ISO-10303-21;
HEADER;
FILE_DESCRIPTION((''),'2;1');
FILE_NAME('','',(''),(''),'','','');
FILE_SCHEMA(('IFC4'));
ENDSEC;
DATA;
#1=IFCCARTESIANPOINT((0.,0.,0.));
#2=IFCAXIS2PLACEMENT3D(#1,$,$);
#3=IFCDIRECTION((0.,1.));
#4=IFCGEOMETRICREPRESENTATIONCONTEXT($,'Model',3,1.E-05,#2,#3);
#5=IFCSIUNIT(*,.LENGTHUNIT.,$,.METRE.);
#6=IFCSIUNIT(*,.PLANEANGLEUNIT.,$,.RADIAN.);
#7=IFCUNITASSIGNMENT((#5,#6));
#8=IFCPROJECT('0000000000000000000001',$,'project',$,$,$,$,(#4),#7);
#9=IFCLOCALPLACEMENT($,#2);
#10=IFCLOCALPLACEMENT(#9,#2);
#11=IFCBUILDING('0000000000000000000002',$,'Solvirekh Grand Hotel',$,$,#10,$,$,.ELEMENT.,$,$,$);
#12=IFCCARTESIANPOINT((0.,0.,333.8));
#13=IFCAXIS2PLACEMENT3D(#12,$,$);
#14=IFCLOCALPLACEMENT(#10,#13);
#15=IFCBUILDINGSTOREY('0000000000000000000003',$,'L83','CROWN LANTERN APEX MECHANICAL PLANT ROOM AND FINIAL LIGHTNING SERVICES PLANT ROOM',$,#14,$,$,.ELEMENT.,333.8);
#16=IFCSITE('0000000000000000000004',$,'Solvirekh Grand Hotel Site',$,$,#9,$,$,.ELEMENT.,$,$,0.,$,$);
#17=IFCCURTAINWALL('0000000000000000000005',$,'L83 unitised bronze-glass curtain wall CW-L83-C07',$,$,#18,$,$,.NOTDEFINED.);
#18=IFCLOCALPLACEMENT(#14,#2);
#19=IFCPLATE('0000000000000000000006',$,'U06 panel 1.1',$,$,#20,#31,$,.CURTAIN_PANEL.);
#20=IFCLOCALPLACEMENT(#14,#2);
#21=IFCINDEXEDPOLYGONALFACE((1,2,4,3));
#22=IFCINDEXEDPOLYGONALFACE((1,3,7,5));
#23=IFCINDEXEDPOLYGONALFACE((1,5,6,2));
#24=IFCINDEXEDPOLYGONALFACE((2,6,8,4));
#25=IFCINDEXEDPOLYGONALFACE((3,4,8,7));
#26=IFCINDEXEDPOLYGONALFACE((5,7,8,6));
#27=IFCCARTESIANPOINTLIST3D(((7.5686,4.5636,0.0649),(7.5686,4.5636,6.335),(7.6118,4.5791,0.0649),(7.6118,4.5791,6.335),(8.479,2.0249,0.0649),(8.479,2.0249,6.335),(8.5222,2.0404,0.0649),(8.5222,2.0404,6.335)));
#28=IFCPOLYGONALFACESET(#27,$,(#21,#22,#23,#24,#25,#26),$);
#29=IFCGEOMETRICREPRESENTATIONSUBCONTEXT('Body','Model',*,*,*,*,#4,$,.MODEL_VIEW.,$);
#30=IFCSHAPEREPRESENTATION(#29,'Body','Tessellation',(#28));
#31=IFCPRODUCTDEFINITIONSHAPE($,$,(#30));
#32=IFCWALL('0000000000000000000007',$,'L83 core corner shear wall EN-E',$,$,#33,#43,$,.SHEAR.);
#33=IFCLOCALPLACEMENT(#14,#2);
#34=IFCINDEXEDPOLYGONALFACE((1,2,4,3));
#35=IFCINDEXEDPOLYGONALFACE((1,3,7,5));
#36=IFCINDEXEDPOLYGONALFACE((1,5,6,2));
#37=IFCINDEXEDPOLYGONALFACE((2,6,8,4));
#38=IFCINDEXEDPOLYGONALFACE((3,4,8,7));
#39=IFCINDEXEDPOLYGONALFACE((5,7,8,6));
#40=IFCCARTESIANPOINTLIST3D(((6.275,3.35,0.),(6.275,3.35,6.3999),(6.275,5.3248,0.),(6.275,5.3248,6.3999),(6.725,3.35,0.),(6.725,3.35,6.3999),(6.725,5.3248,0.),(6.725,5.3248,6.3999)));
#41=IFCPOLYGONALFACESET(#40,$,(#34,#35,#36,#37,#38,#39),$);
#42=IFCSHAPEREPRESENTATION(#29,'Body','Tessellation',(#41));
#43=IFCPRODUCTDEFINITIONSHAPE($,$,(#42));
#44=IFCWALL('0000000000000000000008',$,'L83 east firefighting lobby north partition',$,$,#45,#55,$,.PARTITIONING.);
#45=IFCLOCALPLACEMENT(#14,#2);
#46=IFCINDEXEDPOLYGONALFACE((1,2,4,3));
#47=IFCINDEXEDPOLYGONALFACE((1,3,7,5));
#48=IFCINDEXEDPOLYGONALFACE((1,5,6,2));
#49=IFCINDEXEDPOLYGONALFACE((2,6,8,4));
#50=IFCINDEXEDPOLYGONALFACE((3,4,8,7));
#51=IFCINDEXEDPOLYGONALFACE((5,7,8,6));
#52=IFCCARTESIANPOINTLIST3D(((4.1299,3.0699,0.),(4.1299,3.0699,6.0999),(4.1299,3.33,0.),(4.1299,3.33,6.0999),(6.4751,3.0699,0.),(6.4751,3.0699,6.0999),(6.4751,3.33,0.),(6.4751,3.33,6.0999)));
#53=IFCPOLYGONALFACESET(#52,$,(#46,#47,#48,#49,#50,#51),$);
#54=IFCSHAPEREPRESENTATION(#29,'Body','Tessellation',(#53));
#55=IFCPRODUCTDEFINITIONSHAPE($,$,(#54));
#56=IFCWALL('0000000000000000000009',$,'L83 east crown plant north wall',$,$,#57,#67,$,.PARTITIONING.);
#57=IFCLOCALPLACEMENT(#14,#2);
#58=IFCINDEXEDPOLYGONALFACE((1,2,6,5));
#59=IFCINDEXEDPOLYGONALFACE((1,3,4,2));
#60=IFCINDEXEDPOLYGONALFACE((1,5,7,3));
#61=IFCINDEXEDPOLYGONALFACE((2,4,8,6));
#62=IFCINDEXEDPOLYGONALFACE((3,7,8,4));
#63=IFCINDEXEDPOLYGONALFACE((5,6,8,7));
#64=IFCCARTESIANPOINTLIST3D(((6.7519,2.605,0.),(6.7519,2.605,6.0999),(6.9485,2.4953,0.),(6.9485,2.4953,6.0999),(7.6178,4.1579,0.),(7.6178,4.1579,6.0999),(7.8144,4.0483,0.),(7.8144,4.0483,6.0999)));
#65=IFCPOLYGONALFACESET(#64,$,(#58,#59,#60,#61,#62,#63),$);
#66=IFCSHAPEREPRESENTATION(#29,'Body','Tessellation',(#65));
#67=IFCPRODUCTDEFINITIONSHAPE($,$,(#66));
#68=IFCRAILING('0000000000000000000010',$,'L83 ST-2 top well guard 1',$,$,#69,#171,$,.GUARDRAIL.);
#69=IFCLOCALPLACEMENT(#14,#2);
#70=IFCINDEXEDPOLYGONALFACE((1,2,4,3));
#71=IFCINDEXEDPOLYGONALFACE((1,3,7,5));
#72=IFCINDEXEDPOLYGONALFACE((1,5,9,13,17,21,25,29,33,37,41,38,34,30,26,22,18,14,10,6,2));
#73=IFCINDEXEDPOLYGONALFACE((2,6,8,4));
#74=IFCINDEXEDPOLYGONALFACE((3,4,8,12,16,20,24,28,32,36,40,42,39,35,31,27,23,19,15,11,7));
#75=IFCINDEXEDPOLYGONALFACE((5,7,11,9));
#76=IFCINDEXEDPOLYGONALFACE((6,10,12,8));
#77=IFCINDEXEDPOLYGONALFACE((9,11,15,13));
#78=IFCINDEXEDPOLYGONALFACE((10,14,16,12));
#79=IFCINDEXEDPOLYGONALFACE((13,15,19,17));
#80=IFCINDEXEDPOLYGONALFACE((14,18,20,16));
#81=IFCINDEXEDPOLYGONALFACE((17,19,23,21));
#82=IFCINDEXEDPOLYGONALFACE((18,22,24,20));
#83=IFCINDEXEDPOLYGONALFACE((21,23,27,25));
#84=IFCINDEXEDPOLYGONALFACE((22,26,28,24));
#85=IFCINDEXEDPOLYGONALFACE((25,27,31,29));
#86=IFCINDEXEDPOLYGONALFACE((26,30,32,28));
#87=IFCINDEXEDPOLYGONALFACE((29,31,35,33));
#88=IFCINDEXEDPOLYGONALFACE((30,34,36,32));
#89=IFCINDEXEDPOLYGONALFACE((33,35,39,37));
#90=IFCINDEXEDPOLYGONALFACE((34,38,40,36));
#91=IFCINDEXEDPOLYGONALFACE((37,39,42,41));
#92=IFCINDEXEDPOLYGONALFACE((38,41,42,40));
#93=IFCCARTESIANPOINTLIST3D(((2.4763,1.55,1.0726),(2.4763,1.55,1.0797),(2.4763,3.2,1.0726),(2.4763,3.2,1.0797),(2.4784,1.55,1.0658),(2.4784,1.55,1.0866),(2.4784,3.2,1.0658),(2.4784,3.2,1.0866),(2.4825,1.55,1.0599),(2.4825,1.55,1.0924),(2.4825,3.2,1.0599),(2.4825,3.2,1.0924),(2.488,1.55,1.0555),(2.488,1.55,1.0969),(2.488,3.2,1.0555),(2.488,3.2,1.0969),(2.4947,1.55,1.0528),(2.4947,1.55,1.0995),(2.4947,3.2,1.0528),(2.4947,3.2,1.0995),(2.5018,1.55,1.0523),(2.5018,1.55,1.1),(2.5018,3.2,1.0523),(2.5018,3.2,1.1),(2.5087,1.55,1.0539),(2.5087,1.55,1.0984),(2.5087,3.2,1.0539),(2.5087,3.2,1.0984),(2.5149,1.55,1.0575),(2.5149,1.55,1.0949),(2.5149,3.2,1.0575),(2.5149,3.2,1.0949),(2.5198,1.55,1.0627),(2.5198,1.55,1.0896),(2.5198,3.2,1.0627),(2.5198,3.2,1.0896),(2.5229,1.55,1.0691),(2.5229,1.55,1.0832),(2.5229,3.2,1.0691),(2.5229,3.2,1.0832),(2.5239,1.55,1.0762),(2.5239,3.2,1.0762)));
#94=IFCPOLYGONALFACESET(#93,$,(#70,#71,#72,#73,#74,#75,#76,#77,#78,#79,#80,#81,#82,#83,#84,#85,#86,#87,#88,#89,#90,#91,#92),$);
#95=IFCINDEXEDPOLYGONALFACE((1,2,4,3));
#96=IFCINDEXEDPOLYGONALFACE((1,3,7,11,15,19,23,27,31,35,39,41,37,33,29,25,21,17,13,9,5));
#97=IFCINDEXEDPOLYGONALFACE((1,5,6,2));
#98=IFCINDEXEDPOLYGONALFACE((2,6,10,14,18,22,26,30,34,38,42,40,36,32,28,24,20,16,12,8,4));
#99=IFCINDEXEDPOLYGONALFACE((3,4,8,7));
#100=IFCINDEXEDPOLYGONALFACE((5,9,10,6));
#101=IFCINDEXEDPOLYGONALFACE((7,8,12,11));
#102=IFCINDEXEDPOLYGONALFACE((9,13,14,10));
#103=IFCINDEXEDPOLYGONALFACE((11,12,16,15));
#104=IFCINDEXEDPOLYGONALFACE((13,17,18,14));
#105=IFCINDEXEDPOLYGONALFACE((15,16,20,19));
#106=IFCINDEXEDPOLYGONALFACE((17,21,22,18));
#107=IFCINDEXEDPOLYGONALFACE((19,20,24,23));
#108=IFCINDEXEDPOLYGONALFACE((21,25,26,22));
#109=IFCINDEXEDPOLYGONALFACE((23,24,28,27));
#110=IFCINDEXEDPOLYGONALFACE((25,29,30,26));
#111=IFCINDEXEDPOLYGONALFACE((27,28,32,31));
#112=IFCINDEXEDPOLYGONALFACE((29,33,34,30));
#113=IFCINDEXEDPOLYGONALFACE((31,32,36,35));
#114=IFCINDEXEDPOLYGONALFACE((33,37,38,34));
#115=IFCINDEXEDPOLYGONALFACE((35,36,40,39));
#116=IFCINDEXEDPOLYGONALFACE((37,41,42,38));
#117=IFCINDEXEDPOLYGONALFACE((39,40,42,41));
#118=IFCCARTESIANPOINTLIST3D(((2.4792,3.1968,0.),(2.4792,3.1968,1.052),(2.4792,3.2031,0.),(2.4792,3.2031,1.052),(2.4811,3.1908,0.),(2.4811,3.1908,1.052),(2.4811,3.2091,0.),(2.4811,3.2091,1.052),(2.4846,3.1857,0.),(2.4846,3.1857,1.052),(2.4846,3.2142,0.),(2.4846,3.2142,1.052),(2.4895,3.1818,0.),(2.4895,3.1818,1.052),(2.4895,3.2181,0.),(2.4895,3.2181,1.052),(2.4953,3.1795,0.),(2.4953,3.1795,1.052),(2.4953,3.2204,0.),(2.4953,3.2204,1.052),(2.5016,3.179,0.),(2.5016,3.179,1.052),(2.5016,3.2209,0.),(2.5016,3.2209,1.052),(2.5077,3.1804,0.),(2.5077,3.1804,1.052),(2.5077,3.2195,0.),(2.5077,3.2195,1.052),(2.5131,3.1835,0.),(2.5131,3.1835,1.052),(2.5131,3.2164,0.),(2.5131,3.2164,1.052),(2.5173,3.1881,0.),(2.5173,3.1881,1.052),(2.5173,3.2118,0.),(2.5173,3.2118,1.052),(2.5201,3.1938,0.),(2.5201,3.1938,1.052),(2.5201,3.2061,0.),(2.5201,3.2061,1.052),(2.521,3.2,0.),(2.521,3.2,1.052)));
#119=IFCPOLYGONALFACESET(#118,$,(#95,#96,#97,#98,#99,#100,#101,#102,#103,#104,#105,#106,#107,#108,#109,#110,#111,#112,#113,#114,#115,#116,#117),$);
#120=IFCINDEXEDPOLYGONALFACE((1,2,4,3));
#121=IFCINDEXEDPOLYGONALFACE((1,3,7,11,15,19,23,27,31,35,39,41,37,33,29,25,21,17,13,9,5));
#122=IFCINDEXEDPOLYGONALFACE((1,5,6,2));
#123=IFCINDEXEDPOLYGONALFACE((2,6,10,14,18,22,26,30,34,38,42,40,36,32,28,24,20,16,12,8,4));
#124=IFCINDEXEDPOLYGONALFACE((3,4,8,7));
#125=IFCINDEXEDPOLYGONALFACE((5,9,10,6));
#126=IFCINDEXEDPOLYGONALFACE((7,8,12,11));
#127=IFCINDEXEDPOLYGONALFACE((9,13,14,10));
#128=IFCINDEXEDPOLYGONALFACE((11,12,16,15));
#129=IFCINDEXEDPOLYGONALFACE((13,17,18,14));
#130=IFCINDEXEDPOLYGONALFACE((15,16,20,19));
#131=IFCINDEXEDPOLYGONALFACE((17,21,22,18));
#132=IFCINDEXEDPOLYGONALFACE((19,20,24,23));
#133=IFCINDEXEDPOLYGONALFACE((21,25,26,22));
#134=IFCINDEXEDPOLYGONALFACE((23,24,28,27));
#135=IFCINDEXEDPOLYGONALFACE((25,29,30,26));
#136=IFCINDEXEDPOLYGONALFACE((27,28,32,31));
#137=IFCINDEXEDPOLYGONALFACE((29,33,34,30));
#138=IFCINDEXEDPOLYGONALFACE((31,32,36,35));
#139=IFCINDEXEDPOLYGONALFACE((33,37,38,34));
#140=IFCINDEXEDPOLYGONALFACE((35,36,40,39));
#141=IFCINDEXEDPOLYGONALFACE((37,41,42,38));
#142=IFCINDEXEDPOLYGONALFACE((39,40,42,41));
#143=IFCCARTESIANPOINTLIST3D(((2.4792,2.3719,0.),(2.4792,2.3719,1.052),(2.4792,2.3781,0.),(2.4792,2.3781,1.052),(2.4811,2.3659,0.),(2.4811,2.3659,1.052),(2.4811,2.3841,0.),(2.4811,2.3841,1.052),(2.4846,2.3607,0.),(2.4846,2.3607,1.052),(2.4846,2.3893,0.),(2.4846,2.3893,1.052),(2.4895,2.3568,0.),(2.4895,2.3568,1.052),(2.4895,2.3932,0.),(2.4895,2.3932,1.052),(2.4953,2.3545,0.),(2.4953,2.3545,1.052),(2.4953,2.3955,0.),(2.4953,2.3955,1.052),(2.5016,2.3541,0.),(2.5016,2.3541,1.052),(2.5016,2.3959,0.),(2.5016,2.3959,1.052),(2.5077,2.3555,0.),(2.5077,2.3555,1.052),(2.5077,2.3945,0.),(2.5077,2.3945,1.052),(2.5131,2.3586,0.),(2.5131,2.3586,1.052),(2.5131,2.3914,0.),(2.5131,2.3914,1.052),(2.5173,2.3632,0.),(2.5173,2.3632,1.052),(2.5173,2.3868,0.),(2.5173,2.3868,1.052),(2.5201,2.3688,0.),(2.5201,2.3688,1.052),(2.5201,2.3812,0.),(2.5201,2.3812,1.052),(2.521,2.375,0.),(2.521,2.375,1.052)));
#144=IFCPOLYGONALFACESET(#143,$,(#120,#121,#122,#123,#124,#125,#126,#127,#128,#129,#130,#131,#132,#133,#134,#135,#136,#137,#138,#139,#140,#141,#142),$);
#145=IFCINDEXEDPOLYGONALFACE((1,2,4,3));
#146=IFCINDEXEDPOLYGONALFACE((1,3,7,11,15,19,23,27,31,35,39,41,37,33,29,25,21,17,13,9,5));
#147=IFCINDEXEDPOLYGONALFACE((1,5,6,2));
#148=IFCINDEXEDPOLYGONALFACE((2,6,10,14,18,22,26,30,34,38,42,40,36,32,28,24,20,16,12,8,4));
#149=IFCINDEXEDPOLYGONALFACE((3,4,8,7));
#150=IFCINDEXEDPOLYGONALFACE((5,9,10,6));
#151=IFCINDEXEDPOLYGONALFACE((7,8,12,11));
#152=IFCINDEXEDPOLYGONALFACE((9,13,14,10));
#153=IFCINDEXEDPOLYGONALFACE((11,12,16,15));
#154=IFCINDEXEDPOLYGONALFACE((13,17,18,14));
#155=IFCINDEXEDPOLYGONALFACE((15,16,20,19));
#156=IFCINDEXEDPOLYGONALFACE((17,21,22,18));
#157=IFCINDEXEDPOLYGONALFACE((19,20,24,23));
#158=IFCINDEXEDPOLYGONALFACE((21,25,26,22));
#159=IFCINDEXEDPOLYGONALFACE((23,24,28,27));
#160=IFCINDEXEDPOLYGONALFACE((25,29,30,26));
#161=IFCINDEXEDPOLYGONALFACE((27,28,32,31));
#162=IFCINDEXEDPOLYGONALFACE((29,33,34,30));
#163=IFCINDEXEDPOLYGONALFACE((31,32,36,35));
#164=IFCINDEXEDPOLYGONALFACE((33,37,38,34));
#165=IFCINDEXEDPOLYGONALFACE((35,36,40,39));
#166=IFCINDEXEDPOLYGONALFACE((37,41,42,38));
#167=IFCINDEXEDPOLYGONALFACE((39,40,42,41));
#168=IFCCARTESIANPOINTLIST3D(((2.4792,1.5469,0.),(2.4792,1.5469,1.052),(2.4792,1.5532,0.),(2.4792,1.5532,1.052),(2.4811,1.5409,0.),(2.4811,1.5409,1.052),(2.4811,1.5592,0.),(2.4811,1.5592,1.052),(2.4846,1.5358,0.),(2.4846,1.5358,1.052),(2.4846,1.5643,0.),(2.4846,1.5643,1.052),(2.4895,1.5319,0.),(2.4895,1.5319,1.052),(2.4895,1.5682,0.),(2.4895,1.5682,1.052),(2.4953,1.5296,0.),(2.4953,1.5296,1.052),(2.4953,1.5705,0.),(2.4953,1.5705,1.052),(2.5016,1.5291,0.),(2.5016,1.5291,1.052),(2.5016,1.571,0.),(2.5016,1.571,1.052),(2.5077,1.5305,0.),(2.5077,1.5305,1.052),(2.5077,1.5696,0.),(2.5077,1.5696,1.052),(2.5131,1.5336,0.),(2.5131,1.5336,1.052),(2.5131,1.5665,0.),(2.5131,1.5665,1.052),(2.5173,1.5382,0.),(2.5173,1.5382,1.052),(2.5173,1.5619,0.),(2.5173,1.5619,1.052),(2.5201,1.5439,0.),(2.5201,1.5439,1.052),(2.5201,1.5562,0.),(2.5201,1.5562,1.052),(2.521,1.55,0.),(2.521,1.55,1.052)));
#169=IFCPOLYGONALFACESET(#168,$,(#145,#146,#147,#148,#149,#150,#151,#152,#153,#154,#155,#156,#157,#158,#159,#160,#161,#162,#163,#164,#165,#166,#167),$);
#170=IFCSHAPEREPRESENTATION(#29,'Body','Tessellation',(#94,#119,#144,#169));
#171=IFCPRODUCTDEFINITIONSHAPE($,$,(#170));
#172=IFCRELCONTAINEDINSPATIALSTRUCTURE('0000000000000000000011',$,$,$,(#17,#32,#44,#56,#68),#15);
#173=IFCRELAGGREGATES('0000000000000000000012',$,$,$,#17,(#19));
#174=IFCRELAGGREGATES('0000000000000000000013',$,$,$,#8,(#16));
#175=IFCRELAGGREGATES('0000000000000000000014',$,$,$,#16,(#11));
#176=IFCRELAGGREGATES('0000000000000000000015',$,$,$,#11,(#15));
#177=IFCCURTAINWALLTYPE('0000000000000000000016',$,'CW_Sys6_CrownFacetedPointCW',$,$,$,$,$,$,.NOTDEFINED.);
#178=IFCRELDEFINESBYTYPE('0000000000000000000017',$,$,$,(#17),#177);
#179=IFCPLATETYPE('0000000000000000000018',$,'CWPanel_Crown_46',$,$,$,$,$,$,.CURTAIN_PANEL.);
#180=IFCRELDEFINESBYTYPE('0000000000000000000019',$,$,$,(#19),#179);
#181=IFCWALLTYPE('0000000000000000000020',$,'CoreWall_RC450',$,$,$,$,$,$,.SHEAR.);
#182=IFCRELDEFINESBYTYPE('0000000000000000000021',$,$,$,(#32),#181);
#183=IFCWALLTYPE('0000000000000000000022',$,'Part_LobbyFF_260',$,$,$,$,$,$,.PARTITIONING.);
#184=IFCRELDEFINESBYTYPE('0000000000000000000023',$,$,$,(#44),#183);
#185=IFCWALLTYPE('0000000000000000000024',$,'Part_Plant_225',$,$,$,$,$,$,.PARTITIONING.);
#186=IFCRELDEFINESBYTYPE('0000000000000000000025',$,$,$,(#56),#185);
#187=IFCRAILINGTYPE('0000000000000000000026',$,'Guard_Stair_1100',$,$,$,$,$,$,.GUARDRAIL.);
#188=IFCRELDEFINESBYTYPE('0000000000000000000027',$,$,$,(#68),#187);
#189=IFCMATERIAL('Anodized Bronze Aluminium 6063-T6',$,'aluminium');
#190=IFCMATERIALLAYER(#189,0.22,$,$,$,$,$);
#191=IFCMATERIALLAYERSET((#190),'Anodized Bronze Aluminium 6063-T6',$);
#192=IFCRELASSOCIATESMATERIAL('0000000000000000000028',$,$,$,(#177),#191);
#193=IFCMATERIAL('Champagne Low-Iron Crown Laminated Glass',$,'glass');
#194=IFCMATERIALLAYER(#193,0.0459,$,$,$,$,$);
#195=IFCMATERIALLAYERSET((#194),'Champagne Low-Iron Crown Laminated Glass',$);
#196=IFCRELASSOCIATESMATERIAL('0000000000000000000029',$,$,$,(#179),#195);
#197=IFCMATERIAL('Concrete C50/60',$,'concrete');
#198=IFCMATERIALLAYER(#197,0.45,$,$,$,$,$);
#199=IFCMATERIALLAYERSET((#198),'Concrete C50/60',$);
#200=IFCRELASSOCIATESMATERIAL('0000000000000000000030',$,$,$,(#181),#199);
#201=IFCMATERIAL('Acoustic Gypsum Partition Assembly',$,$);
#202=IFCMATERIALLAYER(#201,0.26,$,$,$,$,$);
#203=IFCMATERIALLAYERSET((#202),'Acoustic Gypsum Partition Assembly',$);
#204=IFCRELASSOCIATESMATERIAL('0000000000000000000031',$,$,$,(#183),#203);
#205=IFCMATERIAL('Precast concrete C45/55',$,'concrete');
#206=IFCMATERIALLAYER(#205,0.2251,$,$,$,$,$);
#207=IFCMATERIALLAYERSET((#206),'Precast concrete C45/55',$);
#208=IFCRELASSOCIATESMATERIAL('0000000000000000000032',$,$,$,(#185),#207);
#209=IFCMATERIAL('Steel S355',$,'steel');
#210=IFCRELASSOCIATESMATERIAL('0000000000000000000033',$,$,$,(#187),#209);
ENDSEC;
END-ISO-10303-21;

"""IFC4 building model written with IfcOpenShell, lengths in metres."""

from ifc_helpers import new_model, si_unit, direction, frame, frame_2d, origin, origin_2d, place, context, subcontext, project, spatial, rectangle, circle, extrude, source, transform, mapped, material, layer, layer_set, type_object, element, aggregate, save


model = new_model("IFC4")

# Units and contexts
model_context = context("Model", 3, precision=1e-05, world=origin(), true_north=direction((0.0, 1.0)))
body_context = subcontext(model_context, "Body", "Model", "MODEL_VIEW")
ifc_project = project(units=[si_unit("LENGTHUNIT", "METRE"), si_unit("PLANEANGLEUNIT", "RADIAN")], contexts=[model_context])

# Site, building, storey
site_placement = place(None, origin())
site = spatial("IfcSite", under=ifc_project, at=site_placement, Name="Solvirekh Grand Hotel Site", CompositionType="ELEMENT", RefElevation=0.0)
building_placement = place(site_placement, origin())
building = spatial("IfcBuilding", under=site, at=building_placement, Name="Solvirekh Grand Hotel", CompositionType="ELEMENT")
storey_placement = place(building_placement, frame((0.0, 0.0, 333.8)))
storey = spatial("IfcBuildingStorey", under=building, at=storey_placement, Name="L83", Description="CROWN LANTERN APEX MECHANICAL PLANT ROOM AND FINIAL LIGHTNING SERVICES PLANT ROOM", CompositionType="ELEMENT", Elevation=333.8)

# Shared definitions
ifc_material_1 = material(Name="Steel S355", Category="steel")

# Shared definitions
ifc_material_2 = material(Name="Anodized Bronze Aluminium 6063-T6", Category="aluminium")
ifc_layer_1 = layer(ifc_material_2, 0.22)
ifc_layer_set_1 = layer_set([ifc_layer_1], Name="Anodized Bronze Aluminium 6063-T6")
curtain_wall_type = type_object("IfcCurtainWallType", Name="CW_Sys6_CrownFacetedPointCW", PredefinedType="NOTDEFINED", material=ifc_layer_set_1)

# Curtain wall
curtain_wall_1_placement = place(storey_placement, origin())
curtain_wall_1 = element("IfcCurtainWall", 1, at=curtain_wall_1_placement, inside=storey, type_object=curtain_wall_type, Name="L83 unitised bronze-glass curtain wall CW-L83-C07", PredefinedType="NOTDEFINED")

# Plate
ifc_material_3 = material(Name="Champagne Low-Iron Crown Laminated Glass", Category="glass")
ifc_layer_2 = layer(ifc_material_3, 0.0459)
ifc_layer_set_2 = layer_set([ifc_layer_2], Name="Champagne Low-Iron Crown Laminated Glass")
plate_type_1 = type_object("IfcPlateType", Name="CWPanel_Crown_46", PredefinedType="CURTAIN_PANEL", material=ifc_layer_set_2)
shared_shape_1 = source(origin(), body_context, "Body", "SweptSolid", [
    extrude(rectangle(XDim=2.697, YDim=0.0459, at=origin_2d()), origin(), (0.0, 0.0, 1.0), 6.27),
])
plate_1_placement = place(storey_placement, frame((8.0454, 3.302, 0.0649), z_axis=(0.0, 0.0, 1.0), x_axis=(-0.337538, 0.941312, 0.0)))
plate_1 = element("IfcPlate", 2, at=plate_1_placement, type_object=plate_type_1, Name="U06 panel 1.1", PredefinedType="CURTAIN_PANEL", context=body_context, shape_type="MappedRepresentation", body=[
    mapped(shared_shape_1, transform((0.0, 0.0, 0.0), x_axis=(1.0, 0.0, 0.0), y_axis=(0.0, 1.0, 0.0), z_axis=(0.0, 0.0, 1.0), scale=1.0)),
])
aggregate(curtain_wall_1, [plate_1])

# Walls
ifc_material_4 = material(Name="Concrete C50/60", Category="concrete")
ifc_layer_3 = layer(ifc_material_4, 0.45)
ifc_layer_set_3 = layer_set([ifc_layer_3], Name="Concrete C50/60")
wall_type_1 = type_object("IfcWallType", Name="CoreWall_RC450", PredefinedType="SHEAR", material=ifc_layer_set_3)
wall_1_placement = place(storey_placement, frame((6.5, 3.3501, 0.0), z_axis=(0.0, 0.0, 1.0), x_axis=(0.0, 1.0, 0.0)))
element("IfcWall", 3, at=wall_1_placement, inside=storey, type_object=wall_type_1, Name="L83 core corner shear wall EN-E", PredefinedType="SHEAR", context=body_context, shape_type="SweptSolid", body=[
    extrude(rectangle(XDim=1.9749, YDim=0.45, at=frame_2d((0.9873, 0.0))), origin(), (0.0, 0.0, 1.0), 6.3999),
])
ifc_material_5 = material(Name="Acoustic Gypsum Partition Assembly")
ifc_layer_4 = layer(ifc_material_5, 0.26)
ifc_layer_set_4 = layer_set([ifc_layer_4], Name="Acoustic Gypsum Partition Assembly")
wall_type_2 = type_object("IfcWallType", Name="Part_LobbyFF_260", PredefinedType="PARTITIONING", material=ifc_layer_set_4)
wall_2_placement = place(storey_placement, frame((4.1299, 3.2, 0.0), z_axis=(0.0, 0.0, 1.0), x_axis=(1.0, 0.0, 0.0)))
element("IfcWall", 4, at=wall_2_placement, inside=storey, type_object=wall_type_2, Name="L83 east firefighting lobby north partition", PredefinedType="PARTITIONING", context=body_context, shape_type="SweptSolid", body=[
    extrude(rectangle(XDim=2.3452, YDim=0.26, at=frame_2d((1.1726, 0.0))), origin(), (0.0, 0.0, 1.0), 6.0999),
])
ifc_material_6 = material(Name="Precast concrete C45/55", Category="concrete")
ifc_layer_5 = layer(ifc_material_6, 0.2251)
ifc_layer_set_5 = layer_set([ifc_layer_5], Name="Precast concrete C45/55")
wall_type_3 = type_object("IfcWallType", Name="Part_Plant_225", PredefinedType="PARTITIONING", material=ifc_layer_set_5)
wall_3_placement = place(storey_placement, frame((6.8501, 2.55, 0.0), z_axis=(0.0, 0.0, 1.0), x_axis=(0.487018, 0.873392, 0.0)))
element("IfcWall", 5, at=wall_3_placement, inside=storey, type_object=wall_type_3, Name="L83 east crown plant north wall", PredefinedType="PARTITIONING", context=body_context, shape_type="SweptSolid", body=[
    extrude(rectangle(XDim=1.7781, YDim=0.2251, at=frame_2d((0.8892, 0.0))), origin(), (0.0, 0.0, 1.0), 6.0999),
])

# Railing
railing_type = type_object("IfcRailingType", Name="Guard_Stair_1100", PredefinedType="GUARDRAIL", material=ifc_material_1)
railing_placement = place(storey_placement, frame((2.5, 3.2, 0.0)))
element("IfcRailing", 6, at=railing_placement, inside=storey, type_object=railing_type, Name="L83 ST-2 top well guard 1", PredefinedType="GUARDRAIL", context=body_context, shape_type="SweptSolid", body=[
    extrude(circle(Radius=0.0239, at=origin_2d()), frame((0.0, 0.0, 1.0762), z_axis=(0.0, -1.0, 0.0), x_axis=(1.0, 0.0, 0.0)), (0.0, 0.0, 1.0), 1.6499),
    extrude(circle(Radius=0.021, at=origin_2d()), origin(), (0.0, 0.0, 1.0), 1.052),
    extrude(circle(Radius=0.021, at=origin_2d()), frame((0.0, -0.825, 0.0)), (0.0, 0.0, 1.0), 1.052),
    extrude(circle(Radius=0.021, at=origin_2d()), frame((0.0, -1.6499, 0.0)), (0.0, 0.0, 1.0), 1.052),
])

save(model, "model.ifc")
